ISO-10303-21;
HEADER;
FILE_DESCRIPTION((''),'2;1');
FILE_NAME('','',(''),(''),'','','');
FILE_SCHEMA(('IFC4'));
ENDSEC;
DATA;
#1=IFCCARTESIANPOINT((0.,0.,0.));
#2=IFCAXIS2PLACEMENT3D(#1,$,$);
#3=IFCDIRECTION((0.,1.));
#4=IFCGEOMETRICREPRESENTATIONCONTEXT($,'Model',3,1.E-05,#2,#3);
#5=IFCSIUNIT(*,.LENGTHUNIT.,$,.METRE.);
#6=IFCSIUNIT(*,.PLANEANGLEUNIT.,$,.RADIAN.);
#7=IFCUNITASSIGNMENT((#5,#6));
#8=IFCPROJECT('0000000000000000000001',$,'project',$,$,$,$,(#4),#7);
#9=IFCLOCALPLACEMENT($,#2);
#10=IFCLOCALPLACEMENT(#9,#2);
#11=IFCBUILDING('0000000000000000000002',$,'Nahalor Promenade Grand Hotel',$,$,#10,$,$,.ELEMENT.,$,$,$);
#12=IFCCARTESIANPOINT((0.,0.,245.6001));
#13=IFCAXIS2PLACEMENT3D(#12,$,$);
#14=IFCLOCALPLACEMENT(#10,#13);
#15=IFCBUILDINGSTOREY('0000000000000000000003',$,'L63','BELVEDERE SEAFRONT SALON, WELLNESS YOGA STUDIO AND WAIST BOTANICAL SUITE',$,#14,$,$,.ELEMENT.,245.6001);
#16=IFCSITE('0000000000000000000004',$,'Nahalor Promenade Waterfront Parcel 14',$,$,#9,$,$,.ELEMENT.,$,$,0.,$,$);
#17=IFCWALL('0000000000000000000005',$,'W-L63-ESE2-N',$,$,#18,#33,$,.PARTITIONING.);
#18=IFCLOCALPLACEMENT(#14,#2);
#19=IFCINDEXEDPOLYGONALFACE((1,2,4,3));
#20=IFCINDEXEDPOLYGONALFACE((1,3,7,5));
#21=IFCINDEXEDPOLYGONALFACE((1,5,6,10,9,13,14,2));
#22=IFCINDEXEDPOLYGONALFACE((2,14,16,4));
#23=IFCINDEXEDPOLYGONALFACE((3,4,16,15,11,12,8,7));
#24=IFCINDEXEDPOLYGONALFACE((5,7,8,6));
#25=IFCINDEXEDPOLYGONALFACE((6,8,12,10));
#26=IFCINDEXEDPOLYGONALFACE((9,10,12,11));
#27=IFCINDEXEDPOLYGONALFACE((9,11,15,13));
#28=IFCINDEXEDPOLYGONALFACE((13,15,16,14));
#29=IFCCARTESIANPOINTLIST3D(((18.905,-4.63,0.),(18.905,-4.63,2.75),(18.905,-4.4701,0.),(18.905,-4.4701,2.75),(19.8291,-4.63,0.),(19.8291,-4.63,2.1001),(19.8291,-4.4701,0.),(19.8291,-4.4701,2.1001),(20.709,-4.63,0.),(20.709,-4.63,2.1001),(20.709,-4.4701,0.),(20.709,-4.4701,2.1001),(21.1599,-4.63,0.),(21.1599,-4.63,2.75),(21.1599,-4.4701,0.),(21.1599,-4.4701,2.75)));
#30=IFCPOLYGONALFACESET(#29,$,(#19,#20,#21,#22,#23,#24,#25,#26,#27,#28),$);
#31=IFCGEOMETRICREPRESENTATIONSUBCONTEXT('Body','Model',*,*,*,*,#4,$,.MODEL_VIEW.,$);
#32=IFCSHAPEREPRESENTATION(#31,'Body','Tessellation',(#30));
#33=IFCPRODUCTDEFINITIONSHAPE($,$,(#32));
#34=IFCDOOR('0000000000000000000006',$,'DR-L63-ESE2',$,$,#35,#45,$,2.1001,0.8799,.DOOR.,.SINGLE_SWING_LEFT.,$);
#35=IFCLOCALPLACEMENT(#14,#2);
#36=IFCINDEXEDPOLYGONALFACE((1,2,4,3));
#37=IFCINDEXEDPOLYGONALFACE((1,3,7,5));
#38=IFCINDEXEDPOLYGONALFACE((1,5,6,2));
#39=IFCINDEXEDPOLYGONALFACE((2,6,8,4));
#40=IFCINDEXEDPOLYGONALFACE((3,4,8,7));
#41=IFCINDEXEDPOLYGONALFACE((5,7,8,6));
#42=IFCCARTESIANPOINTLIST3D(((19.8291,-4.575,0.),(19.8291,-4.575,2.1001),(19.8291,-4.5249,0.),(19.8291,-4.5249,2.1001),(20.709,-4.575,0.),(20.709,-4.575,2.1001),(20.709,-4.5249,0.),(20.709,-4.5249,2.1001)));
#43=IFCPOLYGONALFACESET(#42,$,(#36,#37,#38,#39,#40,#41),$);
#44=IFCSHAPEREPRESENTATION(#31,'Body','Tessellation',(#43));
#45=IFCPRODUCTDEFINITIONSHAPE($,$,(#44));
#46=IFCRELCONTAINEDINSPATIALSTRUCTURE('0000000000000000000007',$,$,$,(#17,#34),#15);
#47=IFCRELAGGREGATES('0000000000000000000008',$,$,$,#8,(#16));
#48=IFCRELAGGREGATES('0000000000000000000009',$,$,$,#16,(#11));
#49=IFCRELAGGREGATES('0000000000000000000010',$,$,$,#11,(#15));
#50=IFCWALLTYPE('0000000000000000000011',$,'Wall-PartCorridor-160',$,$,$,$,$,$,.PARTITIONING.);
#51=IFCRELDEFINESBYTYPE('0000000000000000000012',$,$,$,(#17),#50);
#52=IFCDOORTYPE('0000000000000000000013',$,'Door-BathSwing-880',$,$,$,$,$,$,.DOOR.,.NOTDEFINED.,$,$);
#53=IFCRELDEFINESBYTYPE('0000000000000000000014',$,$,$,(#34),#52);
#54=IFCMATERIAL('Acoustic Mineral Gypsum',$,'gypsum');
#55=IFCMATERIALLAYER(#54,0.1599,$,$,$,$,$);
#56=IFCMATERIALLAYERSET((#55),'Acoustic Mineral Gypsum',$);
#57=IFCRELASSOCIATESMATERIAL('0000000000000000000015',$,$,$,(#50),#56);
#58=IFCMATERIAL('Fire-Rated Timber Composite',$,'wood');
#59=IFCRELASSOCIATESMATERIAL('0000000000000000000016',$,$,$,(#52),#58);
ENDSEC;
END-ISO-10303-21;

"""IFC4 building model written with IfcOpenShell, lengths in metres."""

from ifc_helpers import new_model, si_unit, direction, frame, frame_2d, origin, place, context, subcontext, project, spatial, rectangle, extrude, source, transform, mapped, material, layer, layer_set, type_object, element, fill, save


model = new_model("IFC4")

# Units and contexts
model_context = context("Model", 3, precision=1e-05, world=origin(), true_north=direction((0.0, 1.0)))
body_context = subcontext(model_context, "Body", "Model", "MODEL_VIEW")
ifc_project = project(units=[si_unit("LENGTHUNIT", "METRE"), si_unit("PLANEANGLEUNIT", "RADIAN")], contexts=[model_context])

# Site, building, storey
site_placement = place(None, origin())
site = spatial("IfcSite", under=ifc_project, at=site_placement, Name="Nahalor Promenade Waterfront Parcel 14", CompositionType="ELEMENT", RefElevation=0.0)
building_placement = place(site_placement, origin())
building = spatial("IfcBuilding", under=site, at=building_placement, Name="Nahalor Promenade Grand Hotel", CompositionType="ELEMENT")
storey_placement = place(building_placement, frame((0.0, 0.0, 245.6001)))
storey = spatial("IfcBuildingStorey", under=building, at=storey_placement, Name="L63", Description="BELVEDERE SEAFRONT SALON, WELLNESS YOGA STUDIO AND WAIST BOTANICAL SUITE", CompositionType="ELEMENT", Elevation=245.6001)

# Wall, opening, door
ifc_material_1 = material(Name="Acoustic Mineral Gypsum", Category="gypsum")
ifc_layer_1 = layer(ifc_material_1, 0.1599)
ifc_layer_set_1 = layer_set([ifc_layer_1], Name="Acoustic Mineral Gypsum")
wall_type_1 = type_object("IfcWallType", Name="Wall-PartCorridor-160", PredefinedType="PARTITIONING", material=ifc_layer_set_1)
ifc_material_2 = material(Name="Fire-Rated Timber Composite", Category="wood")
door_type_1 = type_object("IfcDoorType", Name="Door-BathSwing-880", OperationType="NOTDEFINED", PredefinedType="DOOR", material=ifc_material_2)
shared_shape_1 = source(origin(), body_context, "Body", "SweptSolid", [
    extrude(rectangle(XDim=0.8799, YDim=2.1001, at=frame_2d((0.4399, 1.05))), frame((0.0, 0.0249, 0.0), z_axis=(0.0, -1.0, 0.0), x_axis=(1.0, 0.0, 0.0)), (0.0, 0.0, 1.0), 0.05),
])
shared_shape_2 = source(origin(), body_context, "Body", "SweptSolid", [
    extrude(rectangle(XDim=2.2549, YDim=0.1599, at=frame_2d((1.1274, 0.0))), origin(), (0.0, 0.0, 1.0), 2.75),
])
wall_1_placement = place(storey_placement, frame((18.905, -4.55, 0.0), z_axis=(0.0, 0.0, 1.0), x_axis=(1.0, 0.0, 0.0)))
wall_1 = element("IfcWall", 1, at=wall_1_placement, inside=storey, type_object=wall_type_1, Name="W-L63-ESE2-N", PredefinedType="PARTITIONING", context=body_context, shape_type="MappedRepresentation", body=[
    mapped(shared_shape_2, transform((0.0, 0.0, 0.0), scale=1.0)),
])
opening_1_placement = place(wall_1_placement, frame((0.9241, 0.0, 0.0)))
opening_1 = element("IfcOpeningElement", 2, at=opening_1_placement, cuts=wall_1, PredefinedType="OPENING", context=body_context, shape_type="SweptSolid", body=[
    extrude(rectangle(XDim=0.8799, YDim=2.1001, at=frame_2d((0.4399, 1.05))), frame((0.0, 0.0898, 0.0), z_axis=(0.0, -1.0, 0.0), x_axis=(1.0, 0.0, 0.0)), (0.0, 0.0, 1.0), 0.1799),
])
door_1_placement = place(opening_1_placement, frame((0.8799, 0.0, 0.0), z_axis=(0.0, 0.0, 1.0), x_axis=(-1.0, 0.0, 0.0)))
door_1 = element("IfcDoor", 3, at=door_1_placement, inside=storey, type_object=door_type_1, Name="DR-L63-ESE2", OperationType="SINGLE_SWING_LEFT", OverallHeight=2.1001, OverallWidth=0.8799, PredefinedType="DOOR", context=body_context, shape_type="MappedRepresentation", body=[
    mapped(shared_shape_1, transform((0.0, 0.0, 0.0), scale=1.0)),
])
fill(opening_1, door_1)

save(model, "model.ifc")
